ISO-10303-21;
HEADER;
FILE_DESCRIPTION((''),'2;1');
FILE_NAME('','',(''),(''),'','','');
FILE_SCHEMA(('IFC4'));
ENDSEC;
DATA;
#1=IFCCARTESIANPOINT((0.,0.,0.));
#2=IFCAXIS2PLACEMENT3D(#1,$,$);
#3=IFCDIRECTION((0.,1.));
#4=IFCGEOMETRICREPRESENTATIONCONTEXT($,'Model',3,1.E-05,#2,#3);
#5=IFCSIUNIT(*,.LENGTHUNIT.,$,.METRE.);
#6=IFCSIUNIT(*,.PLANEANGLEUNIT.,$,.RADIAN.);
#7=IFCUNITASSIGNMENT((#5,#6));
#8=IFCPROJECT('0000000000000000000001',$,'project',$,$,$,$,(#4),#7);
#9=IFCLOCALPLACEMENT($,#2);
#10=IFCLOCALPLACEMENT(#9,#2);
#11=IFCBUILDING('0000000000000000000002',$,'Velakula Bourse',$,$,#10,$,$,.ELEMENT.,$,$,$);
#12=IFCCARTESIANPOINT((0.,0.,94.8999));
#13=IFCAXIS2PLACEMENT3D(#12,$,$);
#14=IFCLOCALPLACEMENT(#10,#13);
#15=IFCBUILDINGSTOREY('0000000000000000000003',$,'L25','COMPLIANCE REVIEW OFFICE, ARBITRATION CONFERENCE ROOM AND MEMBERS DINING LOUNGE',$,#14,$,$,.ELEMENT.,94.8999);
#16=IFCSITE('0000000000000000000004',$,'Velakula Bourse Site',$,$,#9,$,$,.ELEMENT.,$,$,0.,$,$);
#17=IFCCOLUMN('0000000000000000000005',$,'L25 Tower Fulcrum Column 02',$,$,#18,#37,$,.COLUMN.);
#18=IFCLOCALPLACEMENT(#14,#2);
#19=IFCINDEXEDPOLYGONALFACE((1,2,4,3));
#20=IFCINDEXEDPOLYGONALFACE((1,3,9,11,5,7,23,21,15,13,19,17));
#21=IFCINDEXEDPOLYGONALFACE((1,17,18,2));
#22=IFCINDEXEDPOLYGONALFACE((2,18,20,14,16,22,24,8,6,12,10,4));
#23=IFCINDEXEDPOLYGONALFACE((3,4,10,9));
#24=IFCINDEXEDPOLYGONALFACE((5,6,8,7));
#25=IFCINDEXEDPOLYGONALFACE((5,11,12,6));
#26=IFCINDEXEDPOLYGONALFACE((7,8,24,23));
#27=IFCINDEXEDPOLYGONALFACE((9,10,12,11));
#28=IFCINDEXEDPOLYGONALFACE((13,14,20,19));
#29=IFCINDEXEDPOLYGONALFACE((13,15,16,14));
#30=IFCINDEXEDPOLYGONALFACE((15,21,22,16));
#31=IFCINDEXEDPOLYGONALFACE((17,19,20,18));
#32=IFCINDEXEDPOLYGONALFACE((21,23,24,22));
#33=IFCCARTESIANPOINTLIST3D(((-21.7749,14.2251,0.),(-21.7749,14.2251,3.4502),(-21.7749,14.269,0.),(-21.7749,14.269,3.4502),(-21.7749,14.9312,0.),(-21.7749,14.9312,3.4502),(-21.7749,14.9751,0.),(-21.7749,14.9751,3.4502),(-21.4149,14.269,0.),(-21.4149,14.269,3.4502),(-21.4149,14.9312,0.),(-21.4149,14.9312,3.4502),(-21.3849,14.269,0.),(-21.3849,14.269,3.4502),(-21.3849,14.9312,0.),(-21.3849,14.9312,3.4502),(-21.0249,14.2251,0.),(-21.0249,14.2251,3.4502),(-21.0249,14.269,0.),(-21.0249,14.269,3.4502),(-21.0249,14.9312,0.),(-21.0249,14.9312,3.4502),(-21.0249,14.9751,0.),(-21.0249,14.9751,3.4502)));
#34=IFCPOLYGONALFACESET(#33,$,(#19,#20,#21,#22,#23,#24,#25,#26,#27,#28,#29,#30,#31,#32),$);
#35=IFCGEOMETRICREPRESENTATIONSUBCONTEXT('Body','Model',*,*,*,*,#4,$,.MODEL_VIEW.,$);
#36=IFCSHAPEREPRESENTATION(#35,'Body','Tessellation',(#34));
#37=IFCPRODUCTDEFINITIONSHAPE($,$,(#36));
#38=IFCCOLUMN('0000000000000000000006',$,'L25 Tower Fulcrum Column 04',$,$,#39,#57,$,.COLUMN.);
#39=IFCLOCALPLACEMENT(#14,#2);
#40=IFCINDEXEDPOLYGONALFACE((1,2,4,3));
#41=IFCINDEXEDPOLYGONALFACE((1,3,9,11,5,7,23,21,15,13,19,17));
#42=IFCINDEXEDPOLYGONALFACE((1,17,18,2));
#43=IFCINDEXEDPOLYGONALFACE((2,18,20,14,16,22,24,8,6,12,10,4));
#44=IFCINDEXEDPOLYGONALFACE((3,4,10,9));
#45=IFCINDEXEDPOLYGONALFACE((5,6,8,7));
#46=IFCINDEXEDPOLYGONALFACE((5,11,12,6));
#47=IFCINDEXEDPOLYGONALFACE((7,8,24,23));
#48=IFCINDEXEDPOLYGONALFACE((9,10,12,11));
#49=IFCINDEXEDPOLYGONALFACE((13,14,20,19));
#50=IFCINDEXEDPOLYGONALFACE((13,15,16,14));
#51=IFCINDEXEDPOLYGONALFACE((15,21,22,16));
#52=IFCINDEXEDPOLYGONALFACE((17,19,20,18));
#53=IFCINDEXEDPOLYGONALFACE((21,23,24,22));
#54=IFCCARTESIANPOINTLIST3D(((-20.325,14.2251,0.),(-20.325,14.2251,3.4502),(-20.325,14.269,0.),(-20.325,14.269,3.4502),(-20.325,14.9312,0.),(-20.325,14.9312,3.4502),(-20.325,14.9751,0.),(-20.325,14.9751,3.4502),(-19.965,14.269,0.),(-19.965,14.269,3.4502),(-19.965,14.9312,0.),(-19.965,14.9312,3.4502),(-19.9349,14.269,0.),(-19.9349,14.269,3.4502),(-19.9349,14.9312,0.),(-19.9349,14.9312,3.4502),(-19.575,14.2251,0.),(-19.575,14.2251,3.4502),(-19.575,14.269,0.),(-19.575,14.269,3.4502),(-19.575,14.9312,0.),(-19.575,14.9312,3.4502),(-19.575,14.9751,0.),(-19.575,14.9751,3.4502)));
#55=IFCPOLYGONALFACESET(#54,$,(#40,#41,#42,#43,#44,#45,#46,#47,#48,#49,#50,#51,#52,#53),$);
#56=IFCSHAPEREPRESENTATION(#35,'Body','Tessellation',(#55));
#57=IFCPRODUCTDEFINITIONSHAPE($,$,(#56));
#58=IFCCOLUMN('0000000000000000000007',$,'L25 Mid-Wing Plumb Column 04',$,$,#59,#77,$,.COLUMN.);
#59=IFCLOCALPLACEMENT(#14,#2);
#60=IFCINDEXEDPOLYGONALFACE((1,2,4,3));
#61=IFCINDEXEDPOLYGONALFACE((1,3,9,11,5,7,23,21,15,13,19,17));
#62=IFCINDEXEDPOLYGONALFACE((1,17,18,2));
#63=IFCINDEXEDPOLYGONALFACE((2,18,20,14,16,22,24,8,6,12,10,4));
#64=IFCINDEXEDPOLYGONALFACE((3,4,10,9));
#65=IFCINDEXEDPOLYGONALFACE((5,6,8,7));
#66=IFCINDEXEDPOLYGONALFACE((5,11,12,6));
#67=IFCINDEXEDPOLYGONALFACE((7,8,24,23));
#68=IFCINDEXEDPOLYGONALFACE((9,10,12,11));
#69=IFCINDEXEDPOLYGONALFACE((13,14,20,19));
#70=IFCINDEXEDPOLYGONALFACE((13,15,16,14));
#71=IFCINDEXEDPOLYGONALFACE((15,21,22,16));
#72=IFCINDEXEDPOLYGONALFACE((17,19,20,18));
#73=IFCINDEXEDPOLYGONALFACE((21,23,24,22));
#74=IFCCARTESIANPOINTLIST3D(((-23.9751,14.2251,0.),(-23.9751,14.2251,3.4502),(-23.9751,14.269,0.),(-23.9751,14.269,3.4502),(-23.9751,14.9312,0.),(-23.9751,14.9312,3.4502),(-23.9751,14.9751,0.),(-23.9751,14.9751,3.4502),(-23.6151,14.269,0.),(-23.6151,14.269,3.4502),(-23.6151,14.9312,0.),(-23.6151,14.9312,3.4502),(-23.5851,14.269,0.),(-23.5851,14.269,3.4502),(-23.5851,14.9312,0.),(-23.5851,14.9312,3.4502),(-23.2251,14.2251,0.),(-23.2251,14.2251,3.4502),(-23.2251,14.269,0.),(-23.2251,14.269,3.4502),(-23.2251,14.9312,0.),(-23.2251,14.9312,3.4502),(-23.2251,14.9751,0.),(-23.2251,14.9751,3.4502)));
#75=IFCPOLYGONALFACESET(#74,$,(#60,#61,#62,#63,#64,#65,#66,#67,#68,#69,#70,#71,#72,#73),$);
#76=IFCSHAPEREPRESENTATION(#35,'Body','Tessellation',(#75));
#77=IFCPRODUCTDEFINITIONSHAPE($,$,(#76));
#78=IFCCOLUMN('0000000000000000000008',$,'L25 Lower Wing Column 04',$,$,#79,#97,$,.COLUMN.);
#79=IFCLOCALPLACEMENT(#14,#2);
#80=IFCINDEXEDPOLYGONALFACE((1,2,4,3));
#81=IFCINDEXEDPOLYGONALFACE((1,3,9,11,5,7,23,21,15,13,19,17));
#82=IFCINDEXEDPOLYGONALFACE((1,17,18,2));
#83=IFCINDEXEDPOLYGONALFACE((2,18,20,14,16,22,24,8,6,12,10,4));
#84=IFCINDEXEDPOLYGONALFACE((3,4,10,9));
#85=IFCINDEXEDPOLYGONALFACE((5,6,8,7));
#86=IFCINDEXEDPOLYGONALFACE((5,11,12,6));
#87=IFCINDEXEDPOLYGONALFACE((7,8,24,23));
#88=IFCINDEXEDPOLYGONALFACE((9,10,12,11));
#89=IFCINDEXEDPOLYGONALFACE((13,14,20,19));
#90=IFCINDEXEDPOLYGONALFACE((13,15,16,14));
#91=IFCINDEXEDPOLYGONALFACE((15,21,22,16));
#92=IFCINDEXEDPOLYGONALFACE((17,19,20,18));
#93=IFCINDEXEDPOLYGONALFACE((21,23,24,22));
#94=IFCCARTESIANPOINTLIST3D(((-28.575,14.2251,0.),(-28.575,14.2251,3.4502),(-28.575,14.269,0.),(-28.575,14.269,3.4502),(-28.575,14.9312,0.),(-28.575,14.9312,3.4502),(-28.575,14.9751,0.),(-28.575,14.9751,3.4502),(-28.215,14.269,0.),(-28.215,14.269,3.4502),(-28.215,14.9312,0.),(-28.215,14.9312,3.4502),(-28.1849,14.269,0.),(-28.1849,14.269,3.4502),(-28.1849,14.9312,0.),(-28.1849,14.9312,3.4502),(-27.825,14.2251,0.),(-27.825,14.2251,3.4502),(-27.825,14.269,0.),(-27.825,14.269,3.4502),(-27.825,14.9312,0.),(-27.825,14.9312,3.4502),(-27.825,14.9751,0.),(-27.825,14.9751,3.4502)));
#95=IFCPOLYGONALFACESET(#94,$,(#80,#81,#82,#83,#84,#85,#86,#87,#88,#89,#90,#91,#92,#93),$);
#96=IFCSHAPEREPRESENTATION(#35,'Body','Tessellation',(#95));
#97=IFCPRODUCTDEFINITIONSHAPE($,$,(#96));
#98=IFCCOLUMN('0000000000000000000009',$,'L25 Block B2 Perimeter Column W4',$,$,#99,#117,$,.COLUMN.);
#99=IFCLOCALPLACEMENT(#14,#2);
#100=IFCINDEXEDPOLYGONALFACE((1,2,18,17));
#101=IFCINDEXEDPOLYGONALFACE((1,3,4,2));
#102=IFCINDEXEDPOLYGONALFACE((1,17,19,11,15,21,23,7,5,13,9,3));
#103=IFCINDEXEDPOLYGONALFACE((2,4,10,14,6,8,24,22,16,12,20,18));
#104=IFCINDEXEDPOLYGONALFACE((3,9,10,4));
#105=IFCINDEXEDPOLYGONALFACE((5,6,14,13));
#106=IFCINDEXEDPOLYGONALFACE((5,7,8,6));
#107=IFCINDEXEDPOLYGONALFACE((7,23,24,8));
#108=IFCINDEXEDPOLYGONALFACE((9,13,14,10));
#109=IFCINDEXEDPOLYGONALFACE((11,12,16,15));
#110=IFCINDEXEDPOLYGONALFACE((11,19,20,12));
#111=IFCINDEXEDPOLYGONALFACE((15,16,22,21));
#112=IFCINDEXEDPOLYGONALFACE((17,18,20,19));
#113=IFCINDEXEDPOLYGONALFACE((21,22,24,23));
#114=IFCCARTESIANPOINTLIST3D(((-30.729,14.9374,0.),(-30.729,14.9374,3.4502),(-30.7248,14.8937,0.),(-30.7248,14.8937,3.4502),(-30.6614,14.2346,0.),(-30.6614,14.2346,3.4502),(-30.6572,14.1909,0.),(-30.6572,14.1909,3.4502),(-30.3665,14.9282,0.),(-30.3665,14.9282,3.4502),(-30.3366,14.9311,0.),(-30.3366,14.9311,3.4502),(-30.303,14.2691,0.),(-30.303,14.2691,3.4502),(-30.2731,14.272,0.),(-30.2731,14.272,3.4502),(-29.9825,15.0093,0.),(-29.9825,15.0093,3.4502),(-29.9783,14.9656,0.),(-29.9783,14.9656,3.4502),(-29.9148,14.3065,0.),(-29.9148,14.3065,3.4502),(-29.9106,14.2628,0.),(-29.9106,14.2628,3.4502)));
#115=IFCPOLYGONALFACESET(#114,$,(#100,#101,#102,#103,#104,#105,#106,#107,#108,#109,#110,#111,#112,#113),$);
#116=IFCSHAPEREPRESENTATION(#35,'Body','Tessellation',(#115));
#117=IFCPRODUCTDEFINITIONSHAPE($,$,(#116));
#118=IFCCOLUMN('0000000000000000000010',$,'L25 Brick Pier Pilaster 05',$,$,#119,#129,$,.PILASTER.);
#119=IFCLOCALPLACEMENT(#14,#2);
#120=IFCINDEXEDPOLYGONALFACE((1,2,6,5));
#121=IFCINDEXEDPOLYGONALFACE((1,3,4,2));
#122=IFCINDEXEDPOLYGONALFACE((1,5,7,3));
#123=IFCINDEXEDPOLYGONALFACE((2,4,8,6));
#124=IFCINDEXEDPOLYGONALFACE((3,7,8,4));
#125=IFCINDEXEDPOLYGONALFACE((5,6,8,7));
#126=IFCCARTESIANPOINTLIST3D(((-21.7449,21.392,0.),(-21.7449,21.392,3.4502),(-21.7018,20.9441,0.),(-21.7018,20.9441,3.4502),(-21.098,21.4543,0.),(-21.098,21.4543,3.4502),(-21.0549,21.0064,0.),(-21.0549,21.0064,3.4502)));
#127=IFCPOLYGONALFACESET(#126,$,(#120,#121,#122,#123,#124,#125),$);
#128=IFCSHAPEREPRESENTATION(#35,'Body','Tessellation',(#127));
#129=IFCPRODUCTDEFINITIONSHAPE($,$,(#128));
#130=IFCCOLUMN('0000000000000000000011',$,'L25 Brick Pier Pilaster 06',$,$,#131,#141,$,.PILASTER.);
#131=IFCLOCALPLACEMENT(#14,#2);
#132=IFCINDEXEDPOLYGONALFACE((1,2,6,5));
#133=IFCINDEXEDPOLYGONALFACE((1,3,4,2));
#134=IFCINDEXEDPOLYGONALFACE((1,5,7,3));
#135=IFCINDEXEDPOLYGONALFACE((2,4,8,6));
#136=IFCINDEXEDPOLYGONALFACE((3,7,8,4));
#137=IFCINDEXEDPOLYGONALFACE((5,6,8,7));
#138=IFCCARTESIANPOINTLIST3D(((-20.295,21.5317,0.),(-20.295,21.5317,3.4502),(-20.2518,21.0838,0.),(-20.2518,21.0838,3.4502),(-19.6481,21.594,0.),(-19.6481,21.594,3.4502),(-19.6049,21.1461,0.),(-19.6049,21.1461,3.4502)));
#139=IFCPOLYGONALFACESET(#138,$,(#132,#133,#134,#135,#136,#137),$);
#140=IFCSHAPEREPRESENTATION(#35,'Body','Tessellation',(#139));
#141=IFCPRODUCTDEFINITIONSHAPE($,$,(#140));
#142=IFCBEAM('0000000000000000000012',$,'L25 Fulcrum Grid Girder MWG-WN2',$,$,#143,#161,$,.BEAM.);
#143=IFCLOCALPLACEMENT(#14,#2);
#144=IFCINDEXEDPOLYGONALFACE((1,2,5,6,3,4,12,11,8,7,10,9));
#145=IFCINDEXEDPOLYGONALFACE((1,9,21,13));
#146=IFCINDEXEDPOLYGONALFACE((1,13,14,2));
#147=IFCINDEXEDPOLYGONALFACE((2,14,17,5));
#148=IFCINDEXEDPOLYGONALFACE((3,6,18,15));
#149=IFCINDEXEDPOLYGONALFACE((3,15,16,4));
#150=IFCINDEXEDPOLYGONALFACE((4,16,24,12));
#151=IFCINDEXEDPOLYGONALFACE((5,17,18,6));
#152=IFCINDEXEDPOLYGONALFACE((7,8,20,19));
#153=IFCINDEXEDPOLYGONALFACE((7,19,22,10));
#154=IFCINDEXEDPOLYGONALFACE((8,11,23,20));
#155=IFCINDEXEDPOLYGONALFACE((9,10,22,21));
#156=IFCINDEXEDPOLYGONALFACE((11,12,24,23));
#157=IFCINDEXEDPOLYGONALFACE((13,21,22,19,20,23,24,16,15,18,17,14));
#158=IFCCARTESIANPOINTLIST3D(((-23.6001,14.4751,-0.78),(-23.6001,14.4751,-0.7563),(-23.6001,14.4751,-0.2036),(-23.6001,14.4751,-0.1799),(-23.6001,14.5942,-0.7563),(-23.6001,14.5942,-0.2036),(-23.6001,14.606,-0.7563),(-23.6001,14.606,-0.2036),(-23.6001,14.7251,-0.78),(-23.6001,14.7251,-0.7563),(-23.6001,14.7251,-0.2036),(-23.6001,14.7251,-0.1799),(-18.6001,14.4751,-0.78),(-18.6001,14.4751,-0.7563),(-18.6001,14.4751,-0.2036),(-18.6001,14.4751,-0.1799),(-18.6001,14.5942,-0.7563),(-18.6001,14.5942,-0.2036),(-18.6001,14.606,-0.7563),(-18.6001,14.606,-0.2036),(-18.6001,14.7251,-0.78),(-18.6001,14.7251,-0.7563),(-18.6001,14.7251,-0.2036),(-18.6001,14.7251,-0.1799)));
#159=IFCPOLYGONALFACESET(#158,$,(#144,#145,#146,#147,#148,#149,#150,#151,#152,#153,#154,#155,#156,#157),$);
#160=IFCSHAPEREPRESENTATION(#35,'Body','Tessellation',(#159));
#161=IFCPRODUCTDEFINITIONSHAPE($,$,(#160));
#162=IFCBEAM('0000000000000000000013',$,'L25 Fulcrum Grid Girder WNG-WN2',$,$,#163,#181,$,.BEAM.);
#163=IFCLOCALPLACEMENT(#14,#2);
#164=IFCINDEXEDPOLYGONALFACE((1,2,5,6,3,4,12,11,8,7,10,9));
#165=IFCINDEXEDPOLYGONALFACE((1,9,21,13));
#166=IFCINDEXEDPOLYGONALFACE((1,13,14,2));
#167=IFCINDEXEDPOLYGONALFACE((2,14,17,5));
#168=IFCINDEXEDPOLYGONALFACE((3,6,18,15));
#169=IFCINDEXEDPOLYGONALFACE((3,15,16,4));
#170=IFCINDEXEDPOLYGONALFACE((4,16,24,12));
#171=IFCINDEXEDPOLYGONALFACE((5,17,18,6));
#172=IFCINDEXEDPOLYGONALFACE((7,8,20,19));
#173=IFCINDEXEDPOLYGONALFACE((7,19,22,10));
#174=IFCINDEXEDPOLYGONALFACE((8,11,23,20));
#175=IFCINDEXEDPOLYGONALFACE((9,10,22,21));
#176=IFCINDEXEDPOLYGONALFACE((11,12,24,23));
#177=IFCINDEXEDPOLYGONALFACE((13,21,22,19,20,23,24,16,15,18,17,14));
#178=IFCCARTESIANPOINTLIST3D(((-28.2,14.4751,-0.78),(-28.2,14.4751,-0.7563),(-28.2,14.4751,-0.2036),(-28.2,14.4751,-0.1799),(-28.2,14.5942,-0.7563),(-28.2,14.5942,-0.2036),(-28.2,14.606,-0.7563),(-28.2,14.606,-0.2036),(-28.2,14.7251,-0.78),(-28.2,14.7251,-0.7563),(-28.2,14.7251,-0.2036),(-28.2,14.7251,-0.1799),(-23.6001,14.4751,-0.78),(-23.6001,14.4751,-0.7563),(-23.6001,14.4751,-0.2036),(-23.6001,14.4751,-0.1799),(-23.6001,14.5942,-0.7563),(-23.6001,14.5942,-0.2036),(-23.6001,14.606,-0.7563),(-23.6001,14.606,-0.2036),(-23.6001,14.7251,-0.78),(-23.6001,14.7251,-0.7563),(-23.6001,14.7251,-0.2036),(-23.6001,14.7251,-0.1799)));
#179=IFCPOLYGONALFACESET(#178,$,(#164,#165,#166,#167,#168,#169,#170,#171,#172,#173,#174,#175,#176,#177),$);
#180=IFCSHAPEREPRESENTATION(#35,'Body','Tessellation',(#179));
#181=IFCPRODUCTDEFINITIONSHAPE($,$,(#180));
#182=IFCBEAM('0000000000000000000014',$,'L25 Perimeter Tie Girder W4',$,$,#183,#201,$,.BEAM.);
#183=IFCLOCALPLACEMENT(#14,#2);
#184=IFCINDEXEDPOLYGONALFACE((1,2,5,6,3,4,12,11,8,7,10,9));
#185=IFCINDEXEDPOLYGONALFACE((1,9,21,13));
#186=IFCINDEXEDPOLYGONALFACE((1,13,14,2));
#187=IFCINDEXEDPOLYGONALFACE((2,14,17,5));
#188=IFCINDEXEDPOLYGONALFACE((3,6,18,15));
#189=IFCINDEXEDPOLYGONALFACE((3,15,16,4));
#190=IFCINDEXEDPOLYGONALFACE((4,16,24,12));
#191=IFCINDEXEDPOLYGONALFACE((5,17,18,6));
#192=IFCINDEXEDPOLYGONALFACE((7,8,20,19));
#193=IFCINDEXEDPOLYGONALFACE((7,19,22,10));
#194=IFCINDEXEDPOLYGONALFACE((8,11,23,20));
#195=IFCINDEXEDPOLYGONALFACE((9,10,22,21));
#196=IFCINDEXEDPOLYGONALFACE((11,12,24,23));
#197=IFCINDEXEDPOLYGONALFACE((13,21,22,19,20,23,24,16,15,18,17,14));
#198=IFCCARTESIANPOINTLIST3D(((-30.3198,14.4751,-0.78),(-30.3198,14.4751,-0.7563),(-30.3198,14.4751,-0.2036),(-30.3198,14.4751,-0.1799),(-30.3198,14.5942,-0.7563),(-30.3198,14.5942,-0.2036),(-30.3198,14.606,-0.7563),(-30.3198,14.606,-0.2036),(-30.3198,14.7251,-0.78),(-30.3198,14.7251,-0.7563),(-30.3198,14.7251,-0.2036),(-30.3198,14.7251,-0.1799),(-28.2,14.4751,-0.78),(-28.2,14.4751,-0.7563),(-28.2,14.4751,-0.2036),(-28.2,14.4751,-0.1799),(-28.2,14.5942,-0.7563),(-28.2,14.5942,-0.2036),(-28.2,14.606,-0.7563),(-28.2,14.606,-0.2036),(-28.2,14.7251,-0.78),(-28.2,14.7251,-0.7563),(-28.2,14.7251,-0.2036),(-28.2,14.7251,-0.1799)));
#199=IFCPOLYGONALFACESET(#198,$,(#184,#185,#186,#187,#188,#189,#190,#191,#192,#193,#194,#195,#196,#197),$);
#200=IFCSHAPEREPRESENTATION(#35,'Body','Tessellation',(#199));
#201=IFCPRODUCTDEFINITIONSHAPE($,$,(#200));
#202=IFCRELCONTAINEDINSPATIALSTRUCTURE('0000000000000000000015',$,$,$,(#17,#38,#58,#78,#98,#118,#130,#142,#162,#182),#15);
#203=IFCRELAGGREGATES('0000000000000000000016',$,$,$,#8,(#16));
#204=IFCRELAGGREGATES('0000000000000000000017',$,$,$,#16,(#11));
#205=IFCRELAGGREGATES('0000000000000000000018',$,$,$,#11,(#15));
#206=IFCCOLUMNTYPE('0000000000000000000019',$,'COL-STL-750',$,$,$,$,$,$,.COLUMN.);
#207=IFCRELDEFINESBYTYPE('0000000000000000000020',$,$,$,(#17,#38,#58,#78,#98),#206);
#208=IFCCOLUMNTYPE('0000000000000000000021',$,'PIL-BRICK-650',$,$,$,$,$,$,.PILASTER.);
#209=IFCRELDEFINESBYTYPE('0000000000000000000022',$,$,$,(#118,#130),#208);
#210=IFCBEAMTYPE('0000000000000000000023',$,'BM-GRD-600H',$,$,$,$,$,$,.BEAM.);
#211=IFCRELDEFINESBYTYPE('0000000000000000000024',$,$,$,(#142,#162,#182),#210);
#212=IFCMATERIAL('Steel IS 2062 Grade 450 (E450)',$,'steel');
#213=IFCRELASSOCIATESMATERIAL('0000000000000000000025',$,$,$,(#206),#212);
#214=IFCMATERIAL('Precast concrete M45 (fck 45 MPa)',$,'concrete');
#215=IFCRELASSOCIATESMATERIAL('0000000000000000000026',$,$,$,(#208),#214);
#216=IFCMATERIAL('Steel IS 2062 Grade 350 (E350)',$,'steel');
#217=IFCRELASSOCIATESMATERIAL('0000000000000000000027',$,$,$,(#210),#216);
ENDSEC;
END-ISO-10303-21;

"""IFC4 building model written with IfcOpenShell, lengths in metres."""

from ifc_helpers import new_model, si_unit, direction, frame, origin, origin_2d, place, context, subcontext, project, spatial, rectangle, i_section, extrude, material, material_profile, profile_set, type_object, element, save


model = new_model("IFC4")

# Units and contexts
model_context = context("Model", 3, precision=1e-05, world=origin(), true_north=direction((0.0, 1.0)))
body_context = subcontext(model_context, "Body", "Model", "MODEL_VIEW")
ifc_project = project(units=[si_unit("LENGTHUNIT", "METRE"), si_unit("PLANEANGLEUNIT", "RADIAN")], contexts=[model_context])

# Site, building, storey
site_placement = place(None, origin())
site = spatial("IfcSite", under=ifc_project, at=site_placement, Name="Velakula Bourse Site", CompositionType="ELEMENT", RefElevation=0.0)
building_placement = place(site_placement, origin())
building = spatial("IfcBuilding", under=site, at=building_placement, Name="Velakula Bourse", CompositionType="ELEMENT")
storey_placement = place(building_placement, frame((0.0, 0.0, 94.8999)))
storey = spatial("IfcBuildingStorey", under=building, at=storey_placement, Name="L25", Description="COMPLIANCE REVIEW OFFICE, ARBITRATION CONFERENCE ROOM AND MEMBERS DINING LOUNGE", CompositionType="ELEMENT", Elevation=94.8999)

# Columns
ifc_material_1 = material(Name="Steel IS 2062 Grade 450 (E450)", Category="steel")
ifc_material_profile_1 = material_profile(ifc_material_1, i_section(OverallWidth=0.75, OverallDepth=0.75, WebThickness=0.03, FlangeThickness=0.0439, at=origin_2d()), Name="Steel IS 2062 Grade 450 (E450)")
ifc_profile_set_1 = profile_set([ifc_material_profile_1], Name="Steel IS 2062 Grade 450 (E450)")
column_type_1 = type_object("IfcColumnType", Name="COL-STL-750", PredefinedType="COLUMN", material=ifc_profile_set_1)
for number, where, z_axis, x_axis, name in (
    (1, (-21.3999, 14.6001, 0.0), (0.0, 0.0, 1.0), (1.0, 0.0, 0.0), "L25 Tower Fulcrum Column 02"),
    (2, (-19.95, 14.6001, 0.0), (0.0, 0.0, 1.0), (1.0, 0.0, 0.0), "L25 Tower Fulcrum Column 04"),
    (3, (-23.6001, 14.6001, 0.0), (0.0, 0.0, 1.0), (1.0, 0.0, 0.0), "L25 Mid-Wing Plumb Column 04"),
    (4, (-28.2, 14.6001, 0.0), (0.0, 0.0, 1.0), (1.0, 0.0, 0.0), "L25 Lower Wing Column 04"),
    (5, (-30.3198, 14.6001, 0.0), (0.0, 0.0, 1.0), (0.995396, 0.095846, 0.0), "L25 Block B2 Perimeter Column W4"),
):
    element("IfcColumn", number, at=place(storey_placement, frame(where, z_axis=z_axis, x_axis=x_axis)), inside=storey, type_object=column_type_1, Name=name, PredefinedType="COLUMN", context=body_context, shape_type="SweptSolid", body=[
        extrude(i_section(OverallWidth=0.75, OverallDepth=0.75, WebThickness=0.03, FlangeThickness=0.0439, at=origin_2d()), origin(), (0.0, 0.0, 1.0), 3.4502),
    ])
ifc_material_2 = material(Name="Precast concrete M45 (fck 45 MPa)", Category="concrete")
ifc_material_profile_2 = material_profile(ifc_material_2, rectangle(XDim=0.6499, YDim=0.45, at=origin_2d()), Name="Precast concrete M45 (fck 45 MPa)")
ifc_profile_set_2 = profile_set([ifc_material_profile_2], Name="Precast concrete M45 (fck 45 MPa)")
column_type_2 = type_object("IfcColumnType", Name="PIL-BRICK-650", PredefinedType="PILASTER", material=ifc_profile_set_2)
for number, where, z_axis, x_axis, name in (
    (6, (-21.3999, 21.1992, 0.0), (0.0, 0.0, 1.0), (0.995396, 0.095846, 0.0), "L25 Brick Pier Pilaster 05"),
    (7, (-19.95, 21.3389, 0.0), (0.0, 0.0, 1.0), (0.995396, 0.095846, 0.0), "L25 Brick Pier Pilaster 06"),
):
    element("IfcColumn", number, at=place(storey_placement, frame(where, z_axis=z_axis, x_axis=x_axis)), inside=storey, type_object=column_type_2, Name=name, PredefinedType="PILASTER", context=body_context, shape_type="SweptSolid", body=[
        extrude(rectangle(XDim=0.6499, YDim=0.45, at=origin_2d()), origin(), (0.0, 0.0, 1.0), 3.4502),
    ])

# Beams
ifc_material_3 = material(Name="Steel IS 2062 Grade 350 (E350)", Category="steel")
ifc_material_profile_3 = material_profile(ifc_material_3, i_section(OverallWidth=0.25, OverallDepth=0.6001, WebThickness=0.0117, FlangeThickness=0.0237, at=origin_2d()), Name="Steel IS 2062 Grade 350 (E350)")
ifc_profile_set_3 = profile_set([ifc_material_profile_3], Name="Steel IS 2062 Grade 350 (E350)")
beam_type_1 = type_object("IfcBeamType", Name="BM-GRD-600H", PredefinedType="BEAM", material=ifc_profile_set_3)
beam_1_placement = place(storey_placement, frame((-23.6001, 14.6001, -0.48), z_axis=(1.0, 0.0, 0.0), x_axis=(0.0, 1.0, 0.0)))
element("IfcBeam", 8, at=beam_1_placement, inside=storey, type_object=beam_type_1, Name="L25 Fulcrum Grid Girder MWG-WN2", PredefinedType="BEAM", context=body_context, shape_type="SweptSolid", body=[
    extrude(i_section(OverallWidth=0.25, OverallDepth=0.6001, WebThickness=0.0117, FlangeThickness=0.0237, at=origin_2d()), origin(), (0.0, 0.0, 1.0), 5.0),
])
beam_2_placement = place(storey_placement, frame((-28.2, 14.6001, -0.48), z_axis=(1.0, 0.0, 0.0), x_axis=(0.0, 1.0, 0.0)))
element("IfcBeam", 9, at=beam_2_placement, inside=storey, type_object=beam_type_1, Name="L25 Fulcrum Grid Girder WNG-WN2", PredefinedType="BEAM", context=body_context, shape_type="SweptSolid", body=[
    extrude(i_section(OverallWidth=0.25, OverallDepth=0.6001, WebThickness=0.0117, FlangeThickness=0.0237, at=origin_2d()), origin(), (0.0, 0.0, 1.0), 4.5999),
])
beam_3_placement = place(storey_placement, frame((-28.2, 14.6001, -0.48), z_axis=(-1.0, 0.0, 0.0), x_axis=(0.0, -1.0, 0.0)))
element("IfcBeam", 10, at=beam_3_placement, inside=storey, type_object=beam_type_1, Name="L25 Perimeter Tie Girder W4", PredefinedType="BEAM", context=body_context, shape_type="SweptSolid", body=[
    extrude(i_section(OverallWidth=0.25, OverallDepth=0.6001, WebThickness=0.0117, FlangeThickness=0.0237, at=origin_2d()), origin(), (0.0, 0.0, 1.0), 2.1199),
])

save(model, "model.ifc")
